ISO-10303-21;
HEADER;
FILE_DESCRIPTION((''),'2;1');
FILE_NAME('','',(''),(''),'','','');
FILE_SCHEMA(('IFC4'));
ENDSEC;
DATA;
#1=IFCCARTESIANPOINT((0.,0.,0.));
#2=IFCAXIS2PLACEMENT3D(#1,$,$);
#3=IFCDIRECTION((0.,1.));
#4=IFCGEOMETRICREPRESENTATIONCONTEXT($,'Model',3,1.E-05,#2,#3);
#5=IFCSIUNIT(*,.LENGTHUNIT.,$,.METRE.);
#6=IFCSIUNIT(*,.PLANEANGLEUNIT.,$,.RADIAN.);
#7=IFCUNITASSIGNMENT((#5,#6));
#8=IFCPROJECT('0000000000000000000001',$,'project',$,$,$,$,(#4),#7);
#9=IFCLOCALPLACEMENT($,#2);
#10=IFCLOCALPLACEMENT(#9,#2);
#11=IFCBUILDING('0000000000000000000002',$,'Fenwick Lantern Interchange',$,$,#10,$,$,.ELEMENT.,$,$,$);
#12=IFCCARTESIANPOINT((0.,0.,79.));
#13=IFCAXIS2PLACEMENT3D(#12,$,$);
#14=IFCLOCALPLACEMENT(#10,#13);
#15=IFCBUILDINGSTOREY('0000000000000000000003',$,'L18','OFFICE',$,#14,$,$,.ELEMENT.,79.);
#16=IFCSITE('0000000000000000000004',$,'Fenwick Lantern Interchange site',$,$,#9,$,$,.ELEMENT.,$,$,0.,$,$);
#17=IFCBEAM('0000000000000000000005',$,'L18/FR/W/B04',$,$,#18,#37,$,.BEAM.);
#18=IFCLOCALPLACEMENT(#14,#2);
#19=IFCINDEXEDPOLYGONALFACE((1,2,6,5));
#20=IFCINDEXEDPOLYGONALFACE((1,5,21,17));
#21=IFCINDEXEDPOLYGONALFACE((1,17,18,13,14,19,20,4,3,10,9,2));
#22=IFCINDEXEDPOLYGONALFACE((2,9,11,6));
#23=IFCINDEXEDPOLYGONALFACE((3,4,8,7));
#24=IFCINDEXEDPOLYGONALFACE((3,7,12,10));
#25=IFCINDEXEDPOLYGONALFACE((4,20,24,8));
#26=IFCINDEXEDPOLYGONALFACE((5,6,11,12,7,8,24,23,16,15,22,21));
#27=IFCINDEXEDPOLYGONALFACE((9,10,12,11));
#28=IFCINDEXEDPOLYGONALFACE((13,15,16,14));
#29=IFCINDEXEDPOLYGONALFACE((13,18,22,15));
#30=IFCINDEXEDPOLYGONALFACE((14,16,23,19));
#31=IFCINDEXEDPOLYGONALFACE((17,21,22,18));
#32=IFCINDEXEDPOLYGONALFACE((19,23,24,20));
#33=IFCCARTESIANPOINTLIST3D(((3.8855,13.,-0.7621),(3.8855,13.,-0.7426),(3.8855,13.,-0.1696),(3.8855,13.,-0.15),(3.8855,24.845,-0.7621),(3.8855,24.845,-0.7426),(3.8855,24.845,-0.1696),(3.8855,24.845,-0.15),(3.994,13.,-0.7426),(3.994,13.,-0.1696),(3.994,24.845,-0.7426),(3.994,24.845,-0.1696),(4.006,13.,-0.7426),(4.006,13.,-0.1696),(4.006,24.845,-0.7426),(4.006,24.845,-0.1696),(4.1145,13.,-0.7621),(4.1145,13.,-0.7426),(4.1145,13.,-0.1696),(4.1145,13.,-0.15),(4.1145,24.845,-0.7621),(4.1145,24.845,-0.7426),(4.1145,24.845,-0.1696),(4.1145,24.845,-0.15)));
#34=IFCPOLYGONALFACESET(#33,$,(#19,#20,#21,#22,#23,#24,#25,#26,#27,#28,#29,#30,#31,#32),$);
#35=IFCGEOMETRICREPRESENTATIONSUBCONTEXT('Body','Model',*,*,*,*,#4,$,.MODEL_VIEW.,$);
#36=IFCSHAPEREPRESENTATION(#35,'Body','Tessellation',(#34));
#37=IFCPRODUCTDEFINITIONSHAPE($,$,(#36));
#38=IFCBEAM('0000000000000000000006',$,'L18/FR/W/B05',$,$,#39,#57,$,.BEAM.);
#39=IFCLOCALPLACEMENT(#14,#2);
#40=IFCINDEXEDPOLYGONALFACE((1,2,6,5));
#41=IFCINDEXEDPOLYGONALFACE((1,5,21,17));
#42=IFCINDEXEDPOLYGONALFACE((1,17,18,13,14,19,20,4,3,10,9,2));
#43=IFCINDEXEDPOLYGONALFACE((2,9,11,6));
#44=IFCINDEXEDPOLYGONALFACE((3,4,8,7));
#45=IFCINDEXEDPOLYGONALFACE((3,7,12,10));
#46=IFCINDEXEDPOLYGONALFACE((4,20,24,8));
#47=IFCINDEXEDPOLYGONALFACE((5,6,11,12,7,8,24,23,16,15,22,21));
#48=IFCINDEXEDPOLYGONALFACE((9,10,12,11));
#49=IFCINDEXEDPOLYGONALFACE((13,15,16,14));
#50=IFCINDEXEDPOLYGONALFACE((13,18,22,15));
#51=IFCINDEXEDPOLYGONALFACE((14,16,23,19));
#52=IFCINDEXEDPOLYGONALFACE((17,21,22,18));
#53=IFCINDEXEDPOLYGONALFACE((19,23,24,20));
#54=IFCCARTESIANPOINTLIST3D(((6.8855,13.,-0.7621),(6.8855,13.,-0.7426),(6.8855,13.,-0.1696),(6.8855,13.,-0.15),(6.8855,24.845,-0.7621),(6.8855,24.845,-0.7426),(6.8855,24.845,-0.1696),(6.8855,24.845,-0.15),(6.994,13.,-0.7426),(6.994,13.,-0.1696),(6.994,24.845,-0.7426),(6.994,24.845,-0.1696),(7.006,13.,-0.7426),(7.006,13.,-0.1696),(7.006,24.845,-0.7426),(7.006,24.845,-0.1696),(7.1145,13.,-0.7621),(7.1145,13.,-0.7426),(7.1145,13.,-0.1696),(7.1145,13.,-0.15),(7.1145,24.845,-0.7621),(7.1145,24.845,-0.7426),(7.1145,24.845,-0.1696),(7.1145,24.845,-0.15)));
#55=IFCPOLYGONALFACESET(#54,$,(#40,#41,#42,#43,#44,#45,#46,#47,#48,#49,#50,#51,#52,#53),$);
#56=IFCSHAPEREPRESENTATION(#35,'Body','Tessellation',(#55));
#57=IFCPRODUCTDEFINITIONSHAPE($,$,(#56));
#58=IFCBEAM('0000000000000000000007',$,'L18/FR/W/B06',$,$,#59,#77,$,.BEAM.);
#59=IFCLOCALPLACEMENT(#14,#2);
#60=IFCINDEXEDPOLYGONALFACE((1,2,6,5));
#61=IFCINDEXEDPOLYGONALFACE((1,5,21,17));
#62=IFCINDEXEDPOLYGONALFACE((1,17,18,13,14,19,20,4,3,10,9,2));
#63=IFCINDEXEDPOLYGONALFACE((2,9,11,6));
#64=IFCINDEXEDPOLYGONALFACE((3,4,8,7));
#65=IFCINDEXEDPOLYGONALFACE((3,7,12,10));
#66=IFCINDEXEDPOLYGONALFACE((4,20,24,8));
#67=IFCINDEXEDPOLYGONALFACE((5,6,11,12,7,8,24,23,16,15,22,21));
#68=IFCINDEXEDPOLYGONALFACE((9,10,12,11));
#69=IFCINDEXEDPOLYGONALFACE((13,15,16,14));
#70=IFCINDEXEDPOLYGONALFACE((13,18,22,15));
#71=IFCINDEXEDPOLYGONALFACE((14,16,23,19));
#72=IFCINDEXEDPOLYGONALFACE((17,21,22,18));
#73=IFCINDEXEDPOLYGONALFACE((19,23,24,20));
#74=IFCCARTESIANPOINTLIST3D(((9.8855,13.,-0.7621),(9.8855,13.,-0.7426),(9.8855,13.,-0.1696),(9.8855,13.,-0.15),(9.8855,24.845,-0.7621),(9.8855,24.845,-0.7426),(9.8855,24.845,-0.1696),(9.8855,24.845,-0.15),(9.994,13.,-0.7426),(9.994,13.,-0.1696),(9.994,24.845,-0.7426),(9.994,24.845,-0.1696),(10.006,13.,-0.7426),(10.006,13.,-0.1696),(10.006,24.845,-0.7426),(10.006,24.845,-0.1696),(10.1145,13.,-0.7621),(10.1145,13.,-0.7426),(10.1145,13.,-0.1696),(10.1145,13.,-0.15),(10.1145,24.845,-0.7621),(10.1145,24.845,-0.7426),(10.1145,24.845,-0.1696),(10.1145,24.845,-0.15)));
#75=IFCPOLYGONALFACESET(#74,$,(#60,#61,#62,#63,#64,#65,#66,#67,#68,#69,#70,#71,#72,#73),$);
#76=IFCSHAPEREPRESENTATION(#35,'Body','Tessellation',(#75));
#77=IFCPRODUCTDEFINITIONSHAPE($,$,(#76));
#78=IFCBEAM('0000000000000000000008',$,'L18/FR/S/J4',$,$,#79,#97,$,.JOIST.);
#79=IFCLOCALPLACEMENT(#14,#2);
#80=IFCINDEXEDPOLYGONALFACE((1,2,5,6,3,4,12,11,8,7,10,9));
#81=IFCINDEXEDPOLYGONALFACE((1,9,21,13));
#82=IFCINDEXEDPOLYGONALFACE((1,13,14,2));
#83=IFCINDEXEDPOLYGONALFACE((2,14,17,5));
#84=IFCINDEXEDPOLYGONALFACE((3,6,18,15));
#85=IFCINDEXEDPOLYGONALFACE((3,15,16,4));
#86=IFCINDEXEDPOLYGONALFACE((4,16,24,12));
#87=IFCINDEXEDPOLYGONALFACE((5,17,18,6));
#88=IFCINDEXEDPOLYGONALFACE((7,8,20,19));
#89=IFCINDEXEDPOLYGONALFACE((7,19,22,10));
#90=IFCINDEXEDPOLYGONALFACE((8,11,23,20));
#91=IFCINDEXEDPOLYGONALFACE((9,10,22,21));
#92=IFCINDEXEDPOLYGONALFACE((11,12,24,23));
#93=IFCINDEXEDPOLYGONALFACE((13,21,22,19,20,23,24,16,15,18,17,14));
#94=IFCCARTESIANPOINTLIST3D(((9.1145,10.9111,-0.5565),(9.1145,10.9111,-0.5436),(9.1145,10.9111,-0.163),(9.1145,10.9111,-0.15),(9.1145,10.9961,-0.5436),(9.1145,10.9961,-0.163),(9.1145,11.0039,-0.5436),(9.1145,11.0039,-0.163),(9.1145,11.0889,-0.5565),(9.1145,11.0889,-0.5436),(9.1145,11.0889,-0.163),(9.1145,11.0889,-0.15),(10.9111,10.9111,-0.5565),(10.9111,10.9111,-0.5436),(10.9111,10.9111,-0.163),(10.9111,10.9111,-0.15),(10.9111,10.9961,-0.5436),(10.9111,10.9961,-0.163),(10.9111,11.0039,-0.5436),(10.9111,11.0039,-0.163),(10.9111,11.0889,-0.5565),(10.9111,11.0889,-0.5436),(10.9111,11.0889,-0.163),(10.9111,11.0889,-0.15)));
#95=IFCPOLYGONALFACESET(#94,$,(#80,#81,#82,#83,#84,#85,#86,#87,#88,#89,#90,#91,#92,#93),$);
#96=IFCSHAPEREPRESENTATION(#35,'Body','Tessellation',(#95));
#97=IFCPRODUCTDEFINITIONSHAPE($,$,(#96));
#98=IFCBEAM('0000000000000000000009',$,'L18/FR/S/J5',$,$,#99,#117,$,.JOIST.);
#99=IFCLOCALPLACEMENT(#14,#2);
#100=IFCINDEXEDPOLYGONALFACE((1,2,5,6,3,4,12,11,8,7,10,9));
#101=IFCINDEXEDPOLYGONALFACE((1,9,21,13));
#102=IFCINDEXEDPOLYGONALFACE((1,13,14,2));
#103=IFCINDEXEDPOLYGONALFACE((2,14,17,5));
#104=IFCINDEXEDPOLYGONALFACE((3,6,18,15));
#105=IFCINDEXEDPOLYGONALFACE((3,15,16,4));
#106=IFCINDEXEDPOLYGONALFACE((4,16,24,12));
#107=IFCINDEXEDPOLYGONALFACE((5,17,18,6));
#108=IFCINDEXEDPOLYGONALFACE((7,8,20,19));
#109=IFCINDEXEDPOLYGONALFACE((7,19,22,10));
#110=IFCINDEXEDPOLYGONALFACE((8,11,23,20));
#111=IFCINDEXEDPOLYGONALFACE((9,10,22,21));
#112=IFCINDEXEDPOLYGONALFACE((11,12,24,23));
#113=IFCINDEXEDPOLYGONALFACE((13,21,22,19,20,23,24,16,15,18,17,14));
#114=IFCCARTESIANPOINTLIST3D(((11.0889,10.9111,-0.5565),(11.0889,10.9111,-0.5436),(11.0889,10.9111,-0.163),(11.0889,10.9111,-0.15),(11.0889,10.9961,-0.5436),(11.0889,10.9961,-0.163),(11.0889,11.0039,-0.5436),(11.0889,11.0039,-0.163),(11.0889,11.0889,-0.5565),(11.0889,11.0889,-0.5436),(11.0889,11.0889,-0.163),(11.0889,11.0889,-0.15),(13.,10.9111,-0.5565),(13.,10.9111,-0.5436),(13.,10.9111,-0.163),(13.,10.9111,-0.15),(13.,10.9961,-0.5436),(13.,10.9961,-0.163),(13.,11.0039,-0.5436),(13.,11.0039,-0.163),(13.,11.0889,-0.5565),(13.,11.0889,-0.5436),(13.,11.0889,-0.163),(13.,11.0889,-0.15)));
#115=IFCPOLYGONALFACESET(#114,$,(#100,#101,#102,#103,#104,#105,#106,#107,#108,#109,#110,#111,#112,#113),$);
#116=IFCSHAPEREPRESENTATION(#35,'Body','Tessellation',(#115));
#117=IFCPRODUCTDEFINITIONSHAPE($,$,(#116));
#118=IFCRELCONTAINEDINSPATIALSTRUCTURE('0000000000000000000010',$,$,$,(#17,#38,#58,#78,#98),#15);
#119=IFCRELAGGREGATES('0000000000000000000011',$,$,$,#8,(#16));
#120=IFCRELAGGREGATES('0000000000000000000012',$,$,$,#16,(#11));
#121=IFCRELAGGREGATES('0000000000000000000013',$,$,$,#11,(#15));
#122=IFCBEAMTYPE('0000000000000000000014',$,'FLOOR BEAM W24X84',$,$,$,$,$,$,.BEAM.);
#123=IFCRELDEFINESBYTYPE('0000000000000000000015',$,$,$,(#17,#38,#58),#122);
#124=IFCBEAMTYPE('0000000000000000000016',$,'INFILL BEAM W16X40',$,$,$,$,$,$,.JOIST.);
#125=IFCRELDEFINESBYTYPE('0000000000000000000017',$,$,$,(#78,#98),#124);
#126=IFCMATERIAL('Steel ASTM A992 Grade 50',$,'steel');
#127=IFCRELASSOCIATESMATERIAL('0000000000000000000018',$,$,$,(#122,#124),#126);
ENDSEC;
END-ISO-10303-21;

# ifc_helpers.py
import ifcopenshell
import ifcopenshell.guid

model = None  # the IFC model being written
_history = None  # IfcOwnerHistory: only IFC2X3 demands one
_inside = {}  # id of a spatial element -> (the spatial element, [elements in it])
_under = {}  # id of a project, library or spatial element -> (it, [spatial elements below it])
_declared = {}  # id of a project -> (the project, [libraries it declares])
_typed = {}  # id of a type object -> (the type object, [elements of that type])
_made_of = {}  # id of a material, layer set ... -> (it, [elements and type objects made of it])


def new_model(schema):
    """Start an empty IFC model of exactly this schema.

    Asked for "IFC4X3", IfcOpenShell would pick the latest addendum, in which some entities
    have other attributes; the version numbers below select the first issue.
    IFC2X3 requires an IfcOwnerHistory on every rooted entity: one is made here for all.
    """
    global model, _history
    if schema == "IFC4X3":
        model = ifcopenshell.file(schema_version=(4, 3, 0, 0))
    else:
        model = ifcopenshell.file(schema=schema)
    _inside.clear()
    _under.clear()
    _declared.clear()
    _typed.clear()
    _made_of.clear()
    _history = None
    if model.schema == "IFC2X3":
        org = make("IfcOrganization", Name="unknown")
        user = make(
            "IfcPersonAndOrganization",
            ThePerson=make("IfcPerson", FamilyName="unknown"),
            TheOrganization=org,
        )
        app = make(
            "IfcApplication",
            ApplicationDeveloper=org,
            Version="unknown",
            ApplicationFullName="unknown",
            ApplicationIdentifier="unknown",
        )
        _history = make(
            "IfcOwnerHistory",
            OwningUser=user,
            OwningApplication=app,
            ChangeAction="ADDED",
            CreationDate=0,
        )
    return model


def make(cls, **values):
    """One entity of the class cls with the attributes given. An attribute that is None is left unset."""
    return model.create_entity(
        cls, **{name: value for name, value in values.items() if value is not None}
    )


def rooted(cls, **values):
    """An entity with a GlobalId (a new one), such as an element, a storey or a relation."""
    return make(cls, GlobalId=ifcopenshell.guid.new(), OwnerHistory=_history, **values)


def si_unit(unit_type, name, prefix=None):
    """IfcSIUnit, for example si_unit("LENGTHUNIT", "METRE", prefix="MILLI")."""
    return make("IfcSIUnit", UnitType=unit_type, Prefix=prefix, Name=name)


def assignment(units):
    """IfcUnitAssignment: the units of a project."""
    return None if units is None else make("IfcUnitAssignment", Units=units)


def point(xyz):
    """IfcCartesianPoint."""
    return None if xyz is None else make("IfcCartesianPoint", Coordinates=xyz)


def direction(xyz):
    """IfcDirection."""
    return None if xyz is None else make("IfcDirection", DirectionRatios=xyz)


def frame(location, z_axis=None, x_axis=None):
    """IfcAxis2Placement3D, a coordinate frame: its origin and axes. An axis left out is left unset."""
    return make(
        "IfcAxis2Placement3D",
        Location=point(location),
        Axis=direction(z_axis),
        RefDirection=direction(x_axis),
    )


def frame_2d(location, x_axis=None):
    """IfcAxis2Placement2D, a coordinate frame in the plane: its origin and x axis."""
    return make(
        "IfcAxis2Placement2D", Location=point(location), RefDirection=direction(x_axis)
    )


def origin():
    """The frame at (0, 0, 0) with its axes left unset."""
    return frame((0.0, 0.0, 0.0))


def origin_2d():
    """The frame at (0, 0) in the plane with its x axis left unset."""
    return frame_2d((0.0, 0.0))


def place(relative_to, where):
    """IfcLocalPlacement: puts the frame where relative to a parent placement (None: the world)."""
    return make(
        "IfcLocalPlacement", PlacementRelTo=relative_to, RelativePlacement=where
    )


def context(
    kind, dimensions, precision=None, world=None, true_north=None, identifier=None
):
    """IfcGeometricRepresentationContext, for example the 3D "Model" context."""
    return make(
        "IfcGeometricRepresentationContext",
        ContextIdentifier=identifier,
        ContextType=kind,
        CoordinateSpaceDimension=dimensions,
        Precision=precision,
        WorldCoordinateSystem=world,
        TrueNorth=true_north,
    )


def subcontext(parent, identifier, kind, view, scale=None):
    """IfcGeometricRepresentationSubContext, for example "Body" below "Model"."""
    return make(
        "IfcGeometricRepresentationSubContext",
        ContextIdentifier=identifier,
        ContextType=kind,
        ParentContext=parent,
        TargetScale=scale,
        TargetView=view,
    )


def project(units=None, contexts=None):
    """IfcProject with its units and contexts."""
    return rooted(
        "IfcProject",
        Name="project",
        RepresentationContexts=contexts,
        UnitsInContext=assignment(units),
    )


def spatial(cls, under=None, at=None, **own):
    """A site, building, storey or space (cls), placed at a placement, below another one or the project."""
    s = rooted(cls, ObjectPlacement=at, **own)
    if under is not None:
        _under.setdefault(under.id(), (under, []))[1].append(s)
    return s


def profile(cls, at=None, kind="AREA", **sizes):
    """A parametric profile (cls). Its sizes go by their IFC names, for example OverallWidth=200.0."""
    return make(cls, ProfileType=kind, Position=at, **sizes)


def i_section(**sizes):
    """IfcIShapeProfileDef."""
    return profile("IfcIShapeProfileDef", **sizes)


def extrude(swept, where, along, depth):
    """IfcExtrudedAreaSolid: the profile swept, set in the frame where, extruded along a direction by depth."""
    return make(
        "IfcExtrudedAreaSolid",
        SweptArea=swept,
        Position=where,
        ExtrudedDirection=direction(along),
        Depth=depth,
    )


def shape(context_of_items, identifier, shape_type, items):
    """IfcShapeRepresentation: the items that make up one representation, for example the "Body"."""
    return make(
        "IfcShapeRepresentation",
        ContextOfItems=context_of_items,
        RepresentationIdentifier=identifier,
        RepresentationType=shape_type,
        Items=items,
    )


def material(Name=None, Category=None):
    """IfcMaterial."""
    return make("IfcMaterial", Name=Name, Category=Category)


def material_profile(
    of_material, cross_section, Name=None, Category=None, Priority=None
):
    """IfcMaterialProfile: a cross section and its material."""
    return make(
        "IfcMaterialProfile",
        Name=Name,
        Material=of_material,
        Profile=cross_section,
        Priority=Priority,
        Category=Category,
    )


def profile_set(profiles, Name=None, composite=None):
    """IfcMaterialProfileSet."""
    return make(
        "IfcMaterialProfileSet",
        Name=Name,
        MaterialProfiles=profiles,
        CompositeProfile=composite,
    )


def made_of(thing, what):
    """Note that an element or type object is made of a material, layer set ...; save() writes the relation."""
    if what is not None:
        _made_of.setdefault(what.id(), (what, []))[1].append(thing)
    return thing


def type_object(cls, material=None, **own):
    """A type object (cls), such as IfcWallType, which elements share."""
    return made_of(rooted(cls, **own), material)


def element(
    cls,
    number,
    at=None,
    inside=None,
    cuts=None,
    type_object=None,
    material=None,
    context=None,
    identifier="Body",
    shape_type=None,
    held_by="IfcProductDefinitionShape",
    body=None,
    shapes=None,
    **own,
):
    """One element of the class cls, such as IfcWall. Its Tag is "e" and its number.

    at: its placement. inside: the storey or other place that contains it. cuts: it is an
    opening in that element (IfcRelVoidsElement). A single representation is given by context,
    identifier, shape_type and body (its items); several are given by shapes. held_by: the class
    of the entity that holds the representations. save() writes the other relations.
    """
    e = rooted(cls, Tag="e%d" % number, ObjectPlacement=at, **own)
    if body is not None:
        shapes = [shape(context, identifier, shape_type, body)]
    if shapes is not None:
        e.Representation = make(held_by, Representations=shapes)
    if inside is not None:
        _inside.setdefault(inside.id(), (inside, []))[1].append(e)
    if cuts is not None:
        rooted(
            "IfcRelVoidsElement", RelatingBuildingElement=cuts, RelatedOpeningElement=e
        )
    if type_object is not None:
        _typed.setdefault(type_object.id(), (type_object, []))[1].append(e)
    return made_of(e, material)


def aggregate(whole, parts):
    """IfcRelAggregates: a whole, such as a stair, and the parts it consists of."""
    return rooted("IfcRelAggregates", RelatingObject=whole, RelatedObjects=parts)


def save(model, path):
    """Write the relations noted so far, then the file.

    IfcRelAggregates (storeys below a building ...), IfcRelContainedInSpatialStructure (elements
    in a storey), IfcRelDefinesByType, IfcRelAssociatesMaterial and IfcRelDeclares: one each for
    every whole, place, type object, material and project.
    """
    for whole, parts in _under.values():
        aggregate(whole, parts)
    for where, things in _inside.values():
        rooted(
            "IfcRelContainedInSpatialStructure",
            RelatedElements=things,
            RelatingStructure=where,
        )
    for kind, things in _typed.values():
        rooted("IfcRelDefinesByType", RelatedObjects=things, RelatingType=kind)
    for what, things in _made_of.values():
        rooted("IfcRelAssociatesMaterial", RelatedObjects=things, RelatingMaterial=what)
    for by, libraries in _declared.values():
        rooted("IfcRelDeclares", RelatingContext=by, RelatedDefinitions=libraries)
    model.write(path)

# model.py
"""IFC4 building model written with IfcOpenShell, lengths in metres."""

from ifc_helpers import new_model, si_unit, direction, frame, origin, origin_2d, place, context, subcontext, project, spatial, i_section, extrude, material, material_profile, profile_set, type_object, element, save


model = new_model("IFC4")

# Units and contexts
model_context = context("Model", 3, precision=1e-05, world=origin(), true_north=direction((0.0, 1.0)))
body_context = subcontext(model_context, "Body", "Model", "MODEL_VIEW")
ifc_project = project(units=[si_unit("LENGTHUNIT", "METRE"), si_unit("PLANEANGLEUNIT", "RADIAN")], contexts=[model_context])

# Site, building, storey
site_placement = place(None, origin())
site = spatial("IfcSite", under=ifc_project, at=site_placement, Name="Fenwick Lantern Interchange site", CompositionType="ELEMENT", RefElevation=0.0)
building_placement = place(site_placement, origin())
building = spatial("IfcBuilding", under=site, at=building_placement, Name="Fenwick Lantern Interchange", CompositionType="ELEMENT")
storey_placement = place(building_placement, frame((0.0, 0.0, 79.0)))
storey = spatial("IfcBuildingStorey", under=building, at=storey_placement, Name="L18", Description="OFFICE", CompositionType="ELEMENT", Elevation=79.0)

# Beams
ifc_material_1 = material(Name="Steel ASTM A992 Grade 50", Category="steel")
ifc_material_profile_1 = material_profile(ifc_material_1, i_section(OverallWidth=0.229, OverallDepth=0.6121, WebThickness=0.012, FlangeThickness=0.0195, at=origin_2d()), Name="W24X84")
ifc_profile_set_1 = profile_set([ifc_material_profile_1], Name="Steel ASTM A992 Grade 50")
beam_type_1 = type_object("IfcBeamType", Name="FLOOR BEAM W24X84", PredefinedType="BEAM", material=ifc_profile_set_1)
for number, where, z_axis, x_axis, name in (
    (1, (4.0, 24.845, -0.4561), (0.0, -1.0, 0.0), (1.0, 0.0, 0.0), "L18/FR/W/B04"),
    (2, (7.0, 24.845, -0.4561), (0.0, -1.0, 0.0), (1.0, 0.0, 0.0), "L18/FR/W/B05"),
    (3, (10.0, 24.845, -0.4561), (0.0, -1.0, 0.0), (1.0, 0.0, 0.0), "L18/FR/W/B06"),
):
    element("IfcBeam", number, at=place(storey_placement, frame(where, z_axis=z_axis, x_axis=x_axis)), inside=storey, type_object=beam_type_1, Name=name, PredefinedType="BEAM", context=body_context, shape_type="SweptSolid", body=[
        extrude(i_section(OverallWidth=0.229, OverallDepth=0.6121, WebThickness=0.012, FlangeThickness=0.0195, at=origin_2d()), origin(), (0.0, 0.0, 1.0), 11.845),
    ])
ifc_material_profile_2 = material_profile(ifc_material_1, i_section(OverallWidth=0.1777, OverallDepth=0.4065, WebThickness=0.0078, FlangeThickness=0.0129, at=origin_2d()), Name="W16X40")
ifc_profile_set_2 = profile_set([ifc_material_profile_2], Name="Steel ASTM A992 Grade 50")
beam_type_2 = type_object("IfcBeamType", Name="INFILL BEAM W16X40", PredefinedType="JOIST", material=ifc_profile_set_2)
beam_1_placement = place(storey_placement, frame((9.1145, 11.0, -0.3533), z_axis=(1.0, 0.0, 0.0), x_axis=(0.0, 1.0, 0.0)))
element("IfcBeam", 4, at=beam_1_placement, inside=storey, type_object=beam_type_2, Name="L18/FR/S/J4", PredefinedType="JOIST", context=body_context, shape_type="SweptSolid", body=[
    extrude(i_section(OverallWidth=0.1777, OverallDepth=0.4065, WebThickness=0.0078, FlangeThickness=0.0129, at=origin_2d()), origin(), (0.0, 0.0, 1.0), 1.7966),
])
beam_2_placement = place(storey_placement, frame((11.0889, 11.0, -0.3533), z_axis=(1.0, 0.0, 0.0), x_axis=(0.0, 1.0, 0.0)))
element("IfcBeam", 5, at=beam_2_placement, inside=storey, type_object=beam_type_2, Name="L18/FR/S/J5", PredefinedType="JOIST", context=body_context, shape_type="SweptSolid", body=[
    extrude(i_section(OverallWidth=0.1777, OverallDepth=0.4065, WebThickness=0.0078, FlangeThickness=0.0129, at=origin_2d()), origin(), (0.0, 0.0, 1.0), 1.9111),
])

save(model, "model.ifc")
